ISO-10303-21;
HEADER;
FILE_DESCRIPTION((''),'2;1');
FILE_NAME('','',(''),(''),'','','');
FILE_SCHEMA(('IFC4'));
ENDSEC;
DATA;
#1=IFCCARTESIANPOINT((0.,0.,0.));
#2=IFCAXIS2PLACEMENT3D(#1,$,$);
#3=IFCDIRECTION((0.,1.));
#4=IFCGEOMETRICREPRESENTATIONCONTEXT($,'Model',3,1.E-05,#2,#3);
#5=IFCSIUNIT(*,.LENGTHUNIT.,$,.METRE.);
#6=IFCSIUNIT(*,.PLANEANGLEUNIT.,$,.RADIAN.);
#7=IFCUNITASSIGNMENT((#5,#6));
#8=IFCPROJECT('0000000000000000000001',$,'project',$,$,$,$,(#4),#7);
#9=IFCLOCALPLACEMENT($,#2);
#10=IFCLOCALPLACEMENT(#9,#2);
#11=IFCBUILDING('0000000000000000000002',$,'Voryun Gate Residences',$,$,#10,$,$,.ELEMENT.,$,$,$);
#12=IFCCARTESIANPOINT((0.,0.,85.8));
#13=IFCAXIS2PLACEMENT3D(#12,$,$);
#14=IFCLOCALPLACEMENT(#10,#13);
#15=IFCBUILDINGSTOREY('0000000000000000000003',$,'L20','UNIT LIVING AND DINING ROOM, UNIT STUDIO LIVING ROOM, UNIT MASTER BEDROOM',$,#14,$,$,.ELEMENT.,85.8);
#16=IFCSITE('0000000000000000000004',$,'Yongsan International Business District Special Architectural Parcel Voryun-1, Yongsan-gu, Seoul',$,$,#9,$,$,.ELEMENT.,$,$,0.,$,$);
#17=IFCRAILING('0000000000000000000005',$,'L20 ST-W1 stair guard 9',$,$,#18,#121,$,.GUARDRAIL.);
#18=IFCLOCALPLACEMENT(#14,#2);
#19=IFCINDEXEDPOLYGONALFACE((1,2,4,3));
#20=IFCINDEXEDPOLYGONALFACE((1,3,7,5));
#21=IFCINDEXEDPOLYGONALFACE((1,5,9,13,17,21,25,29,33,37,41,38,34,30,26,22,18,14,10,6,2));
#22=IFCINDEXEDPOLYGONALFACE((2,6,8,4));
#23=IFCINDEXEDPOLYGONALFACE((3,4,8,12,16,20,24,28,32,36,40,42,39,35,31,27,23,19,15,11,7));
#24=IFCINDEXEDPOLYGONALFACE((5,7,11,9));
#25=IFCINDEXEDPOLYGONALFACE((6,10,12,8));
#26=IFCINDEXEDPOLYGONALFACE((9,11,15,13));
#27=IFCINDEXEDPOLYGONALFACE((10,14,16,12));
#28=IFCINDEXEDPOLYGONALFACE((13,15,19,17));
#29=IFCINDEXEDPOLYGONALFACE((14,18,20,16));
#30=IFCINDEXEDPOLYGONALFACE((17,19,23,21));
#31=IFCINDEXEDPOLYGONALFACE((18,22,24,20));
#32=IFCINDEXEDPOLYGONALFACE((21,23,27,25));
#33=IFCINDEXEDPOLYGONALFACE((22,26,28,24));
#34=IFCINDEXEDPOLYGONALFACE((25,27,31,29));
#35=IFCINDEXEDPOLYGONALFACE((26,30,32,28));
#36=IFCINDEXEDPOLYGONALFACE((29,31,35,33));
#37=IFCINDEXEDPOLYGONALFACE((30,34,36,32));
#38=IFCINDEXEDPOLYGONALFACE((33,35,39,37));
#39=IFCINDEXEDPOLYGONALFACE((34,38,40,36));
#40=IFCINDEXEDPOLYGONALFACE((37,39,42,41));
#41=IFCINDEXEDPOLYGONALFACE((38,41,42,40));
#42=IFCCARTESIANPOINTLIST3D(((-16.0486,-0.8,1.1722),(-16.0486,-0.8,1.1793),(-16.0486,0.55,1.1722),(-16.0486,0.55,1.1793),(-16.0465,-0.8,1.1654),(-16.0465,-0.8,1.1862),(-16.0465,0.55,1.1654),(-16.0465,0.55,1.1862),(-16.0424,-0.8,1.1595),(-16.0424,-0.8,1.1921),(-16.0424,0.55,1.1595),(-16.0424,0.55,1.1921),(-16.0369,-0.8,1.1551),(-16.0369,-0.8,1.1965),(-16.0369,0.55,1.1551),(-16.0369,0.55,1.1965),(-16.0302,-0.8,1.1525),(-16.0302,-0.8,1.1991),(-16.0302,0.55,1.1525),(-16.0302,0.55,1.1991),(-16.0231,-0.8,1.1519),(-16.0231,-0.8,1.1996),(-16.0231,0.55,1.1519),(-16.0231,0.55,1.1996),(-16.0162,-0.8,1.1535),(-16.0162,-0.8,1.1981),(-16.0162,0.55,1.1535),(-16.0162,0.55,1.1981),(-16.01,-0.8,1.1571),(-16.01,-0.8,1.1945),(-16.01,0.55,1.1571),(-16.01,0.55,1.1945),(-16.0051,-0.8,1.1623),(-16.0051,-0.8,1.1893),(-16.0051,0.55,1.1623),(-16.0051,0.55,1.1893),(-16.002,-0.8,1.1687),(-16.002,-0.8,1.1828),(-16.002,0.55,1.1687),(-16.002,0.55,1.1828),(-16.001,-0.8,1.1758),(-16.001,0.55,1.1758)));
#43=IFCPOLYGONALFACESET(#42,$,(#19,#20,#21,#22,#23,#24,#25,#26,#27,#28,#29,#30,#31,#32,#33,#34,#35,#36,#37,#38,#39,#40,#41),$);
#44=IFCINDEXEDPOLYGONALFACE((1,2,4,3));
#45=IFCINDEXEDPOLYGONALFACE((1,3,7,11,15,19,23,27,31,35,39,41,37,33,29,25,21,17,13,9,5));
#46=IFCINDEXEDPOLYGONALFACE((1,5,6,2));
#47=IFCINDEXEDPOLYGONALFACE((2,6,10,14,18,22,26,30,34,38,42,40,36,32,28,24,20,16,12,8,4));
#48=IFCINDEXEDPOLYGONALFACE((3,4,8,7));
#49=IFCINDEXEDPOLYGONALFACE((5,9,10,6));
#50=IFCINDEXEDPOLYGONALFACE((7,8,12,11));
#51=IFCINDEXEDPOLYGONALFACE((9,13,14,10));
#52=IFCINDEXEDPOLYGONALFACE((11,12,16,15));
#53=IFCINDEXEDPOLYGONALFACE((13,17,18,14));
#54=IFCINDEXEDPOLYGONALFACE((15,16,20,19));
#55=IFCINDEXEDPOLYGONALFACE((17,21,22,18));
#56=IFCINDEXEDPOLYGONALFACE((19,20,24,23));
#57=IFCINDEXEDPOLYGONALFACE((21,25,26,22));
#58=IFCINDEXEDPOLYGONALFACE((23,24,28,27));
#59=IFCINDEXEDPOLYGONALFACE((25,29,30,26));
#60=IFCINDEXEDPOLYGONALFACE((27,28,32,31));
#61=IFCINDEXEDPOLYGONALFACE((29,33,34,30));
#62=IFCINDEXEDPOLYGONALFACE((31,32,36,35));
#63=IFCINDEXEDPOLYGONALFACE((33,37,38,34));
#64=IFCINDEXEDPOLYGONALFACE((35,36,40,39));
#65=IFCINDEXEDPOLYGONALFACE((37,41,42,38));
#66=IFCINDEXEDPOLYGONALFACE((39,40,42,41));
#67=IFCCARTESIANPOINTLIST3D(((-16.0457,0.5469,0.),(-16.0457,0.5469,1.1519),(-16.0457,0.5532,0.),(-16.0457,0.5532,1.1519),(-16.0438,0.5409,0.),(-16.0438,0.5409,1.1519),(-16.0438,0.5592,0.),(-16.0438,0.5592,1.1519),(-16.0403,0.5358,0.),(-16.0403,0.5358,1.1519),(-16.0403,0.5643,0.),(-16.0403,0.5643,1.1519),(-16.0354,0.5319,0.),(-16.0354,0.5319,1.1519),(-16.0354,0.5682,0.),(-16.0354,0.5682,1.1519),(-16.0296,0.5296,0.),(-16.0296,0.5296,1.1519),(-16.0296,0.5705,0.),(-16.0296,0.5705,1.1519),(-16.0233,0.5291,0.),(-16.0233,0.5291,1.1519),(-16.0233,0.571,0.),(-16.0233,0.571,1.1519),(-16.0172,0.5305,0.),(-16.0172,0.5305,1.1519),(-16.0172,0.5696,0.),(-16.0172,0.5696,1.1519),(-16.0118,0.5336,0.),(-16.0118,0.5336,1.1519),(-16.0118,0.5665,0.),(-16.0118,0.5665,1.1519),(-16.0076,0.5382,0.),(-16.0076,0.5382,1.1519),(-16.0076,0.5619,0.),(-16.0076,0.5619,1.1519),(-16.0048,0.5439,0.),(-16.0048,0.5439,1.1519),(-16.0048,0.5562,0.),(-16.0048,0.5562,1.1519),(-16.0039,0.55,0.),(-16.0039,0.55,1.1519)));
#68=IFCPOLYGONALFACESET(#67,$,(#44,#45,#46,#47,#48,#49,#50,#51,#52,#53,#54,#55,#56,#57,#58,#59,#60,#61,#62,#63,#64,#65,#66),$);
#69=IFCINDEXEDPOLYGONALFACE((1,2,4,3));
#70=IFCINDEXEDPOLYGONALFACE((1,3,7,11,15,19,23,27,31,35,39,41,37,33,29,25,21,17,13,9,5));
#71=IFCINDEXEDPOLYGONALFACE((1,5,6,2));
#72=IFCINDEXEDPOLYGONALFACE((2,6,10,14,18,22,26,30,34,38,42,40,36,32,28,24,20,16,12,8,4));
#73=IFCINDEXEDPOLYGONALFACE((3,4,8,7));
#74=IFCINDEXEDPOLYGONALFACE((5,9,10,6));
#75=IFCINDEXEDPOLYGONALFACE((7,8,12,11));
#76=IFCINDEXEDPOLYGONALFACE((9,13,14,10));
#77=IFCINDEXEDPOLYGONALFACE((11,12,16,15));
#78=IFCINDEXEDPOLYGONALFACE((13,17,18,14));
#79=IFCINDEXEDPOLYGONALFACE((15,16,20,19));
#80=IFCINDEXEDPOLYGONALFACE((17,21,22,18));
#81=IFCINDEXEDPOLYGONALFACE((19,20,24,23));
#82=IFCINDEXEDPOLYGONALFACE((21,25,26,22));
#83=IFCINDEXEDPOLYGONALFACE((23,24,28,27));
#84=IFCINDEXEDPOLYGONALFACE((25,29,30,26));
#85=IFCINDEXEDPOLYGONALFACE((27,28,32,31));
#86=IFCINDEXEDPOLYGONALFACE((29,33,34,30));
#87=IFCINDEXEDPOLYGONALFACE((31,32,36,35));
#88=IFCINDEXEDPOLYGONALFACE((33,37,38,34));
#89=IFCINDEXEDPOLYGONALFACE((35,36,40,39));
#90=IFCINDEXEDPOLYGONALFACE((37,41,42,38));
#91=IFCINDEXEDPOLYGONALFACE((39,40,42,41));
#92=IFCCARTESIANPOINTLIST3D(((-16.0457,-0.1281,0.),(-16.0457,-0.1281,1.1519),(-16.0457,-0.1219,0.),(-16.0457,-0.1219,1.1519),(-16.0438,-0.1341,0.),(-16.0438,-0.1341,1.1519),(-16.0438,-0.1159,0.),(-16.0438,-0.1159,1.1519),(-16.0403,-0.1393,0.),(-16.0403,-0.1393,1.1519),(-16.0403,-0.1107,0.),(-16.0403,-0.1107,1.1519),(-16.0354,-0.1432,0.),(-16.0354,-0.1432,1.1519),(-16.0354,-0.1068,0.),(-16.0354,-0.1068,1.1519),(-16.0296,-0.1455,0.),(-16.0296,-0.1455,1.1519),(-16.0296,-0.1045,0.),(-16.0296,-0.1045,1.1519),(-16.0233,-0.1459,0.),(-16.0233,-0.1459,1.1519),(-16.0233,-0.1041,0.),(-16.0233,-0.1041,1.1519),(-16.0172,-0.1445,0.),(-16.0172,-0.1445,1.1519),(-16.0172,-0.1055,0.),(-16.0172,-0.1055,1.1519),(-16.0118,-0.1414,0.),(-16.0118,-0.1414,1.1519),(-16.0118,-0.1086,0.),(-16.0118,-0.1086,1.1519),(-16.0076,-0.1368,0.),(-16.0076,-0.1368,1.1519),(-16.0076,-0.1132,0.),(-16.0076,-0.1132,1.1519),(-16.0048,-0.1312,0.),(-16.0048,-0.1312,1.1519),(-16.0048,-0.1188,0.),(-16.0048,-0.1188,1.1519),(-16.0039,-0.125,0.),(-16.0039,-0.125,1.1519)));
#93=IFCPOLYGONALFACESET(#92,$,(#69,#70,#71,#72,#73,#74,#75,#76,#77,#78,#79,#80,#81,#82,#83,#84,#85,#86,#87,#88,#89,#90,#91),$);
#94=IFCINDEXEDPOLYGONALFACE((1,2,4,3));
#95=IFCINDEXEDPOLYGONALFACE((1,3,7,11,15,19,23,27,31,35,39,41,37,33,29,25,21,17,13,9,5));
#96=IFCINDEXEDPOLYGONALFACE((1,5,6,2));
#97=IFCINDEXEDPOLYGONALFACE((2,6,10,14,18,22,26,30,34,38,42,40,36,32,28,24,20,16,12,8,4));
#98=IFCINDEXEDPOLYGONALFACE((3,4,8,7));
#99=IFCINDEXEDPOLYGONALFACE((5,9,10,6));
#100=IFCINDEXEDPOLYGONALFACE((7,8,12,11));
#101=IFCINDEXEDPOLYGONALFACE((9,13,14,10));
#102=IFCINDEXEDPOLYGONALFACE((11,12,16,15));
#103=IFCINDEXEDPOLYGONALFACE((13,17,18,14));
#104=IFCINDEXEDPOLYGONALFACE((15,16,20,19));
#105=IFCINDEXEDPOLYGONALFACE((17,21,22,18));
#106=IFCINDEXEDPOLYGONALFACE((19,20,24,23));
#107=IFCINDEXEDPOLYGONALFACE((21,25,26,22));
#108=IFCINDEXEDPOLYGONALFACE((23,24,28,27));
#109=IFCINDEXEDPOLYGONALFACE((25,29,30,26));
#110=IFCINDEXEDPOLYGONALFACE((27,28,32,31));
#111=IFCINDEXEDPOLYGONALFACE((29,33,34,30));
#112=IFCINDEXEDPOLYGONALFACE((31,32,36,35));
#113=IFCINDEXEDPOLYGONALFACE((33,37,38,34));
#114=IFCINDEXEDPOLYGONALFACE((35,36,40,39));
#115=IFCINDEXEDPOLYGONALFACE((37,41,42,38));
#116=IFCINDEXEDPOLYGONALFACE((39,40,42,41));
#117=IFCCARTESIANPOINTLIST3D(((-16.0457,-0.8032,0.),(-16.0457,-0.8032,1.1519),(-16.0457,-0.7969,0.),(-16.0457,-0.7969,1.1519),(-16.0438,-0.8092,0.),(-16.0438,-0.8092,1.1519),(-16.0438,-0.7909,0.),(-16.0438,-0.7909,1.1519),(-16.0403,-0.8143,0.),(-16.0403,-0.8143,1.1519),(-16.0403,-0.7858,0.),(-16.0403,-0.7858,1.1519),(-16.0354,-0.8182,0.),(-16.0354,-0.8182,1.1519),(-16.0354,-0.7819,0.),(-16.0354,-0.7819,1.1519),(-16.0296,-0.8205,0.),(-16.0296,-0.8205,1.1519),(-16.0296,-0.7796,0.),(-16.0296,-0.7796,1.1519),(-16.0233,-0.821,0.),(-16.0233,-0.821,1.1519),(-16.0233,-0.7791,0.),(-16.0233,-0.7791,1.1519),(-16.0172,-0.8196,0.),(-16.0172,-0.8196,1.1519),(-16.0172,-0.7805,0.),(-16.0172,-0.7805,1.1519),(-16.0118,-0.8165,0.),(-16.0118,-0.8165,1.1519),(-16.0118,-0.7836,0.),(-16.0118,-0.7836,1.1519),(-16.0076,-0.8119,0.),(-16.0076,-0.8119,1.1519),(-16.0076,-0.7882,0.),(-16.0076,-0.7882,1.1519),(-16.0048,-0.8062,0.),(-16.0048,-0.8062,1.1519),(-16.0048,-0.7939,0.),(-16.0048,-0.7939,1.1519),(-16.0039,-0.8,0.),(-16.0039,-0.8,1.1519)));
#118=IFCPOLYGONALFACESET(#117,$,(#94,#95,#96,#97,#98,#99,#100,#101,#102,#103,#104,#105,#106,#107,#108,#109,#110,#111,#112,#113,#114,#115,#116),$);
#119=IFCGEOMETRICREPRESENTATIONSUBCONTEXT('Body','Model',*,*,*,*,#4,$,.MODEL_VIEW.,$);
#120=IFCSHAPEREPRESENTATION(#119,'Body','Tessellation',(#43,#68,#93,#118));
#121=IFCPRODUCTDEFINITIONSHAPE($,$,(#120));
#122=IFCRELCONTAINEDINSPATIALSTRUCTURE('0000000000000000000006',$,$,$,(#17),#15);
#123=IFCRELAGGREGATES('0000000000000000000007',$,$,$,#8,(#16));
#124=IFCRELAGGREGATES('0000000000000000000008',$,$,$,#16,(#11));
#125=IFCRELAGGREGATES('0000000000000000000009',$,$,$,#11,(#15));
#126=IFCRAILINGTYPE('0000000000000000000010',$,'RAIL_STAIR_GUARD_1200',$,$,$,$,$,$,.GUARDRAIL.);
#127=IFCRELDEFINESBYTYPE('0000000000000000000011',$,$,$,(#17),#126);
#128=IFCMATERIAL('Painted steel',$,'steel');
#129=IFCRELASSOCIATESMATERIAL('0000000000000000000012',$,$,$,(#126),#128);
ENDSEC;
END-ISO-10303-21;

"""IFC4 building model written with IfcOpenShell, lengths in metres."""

from ifc_helpers import new_model, si_unit, direction, frame, origin, origin_2d, place, context, subcontext, project, spatial, circle, extrude, material, type_object, element, save


model = new_model("IFC4")

# Units and contexts
model_context = context("Model", 3, precision=1e-05, world=origin(), true_north=direction((0.0, 1.0)))
body_context = subcontext(model_context, "Body", "Model", "MODEL_VIEW")
ifc_project = project(units=[si_unit("LENGTHUNIT", "METRE"), si_unit("PLANEANGLEUNIT", "RADIAN")], contexts=[model_context])

# Site, building, storey
site_placement = place(None, origin())
site = spatial("IfcSite", under=ifc_project, at=site_placement, Name="Yongsan International Business District Special Architectural Parcel Voryun-1, Yongsan-gu, Seoul", CompositionType="ELEMENT", RefElevation=0.0)
building_placement = place(site_placement, origin())
building = spatial("IfcBuilding", under=site, at=building_placement, Name="Voryun Gate Residences", CompositionType="ELEMENT")
storey_placement = place(building_placement, frame((0.0, 0.0, 85.8)))
storey = spatial("IfcBuildingStorey", under=building, at=storey_placement, Name="L20", Description="UNIT LIVING AND DINING ROOM, UNIT STUDIO LIVING ROOM, UNIT MASTER BEDROOM", CompositionType="ELEMENT", Elevation=85.8)

# Railing
ifc_material_1 = material(Name="Painted steel", Category="steel")
railing_type = type_object("IfcRailingType", Name="RAIL_STAIR_GUARD_1200", PredefinedType="GUARDRAIL", material=ifc_material_1)
for number, where, name in (
    (1, (-16.0249, 0.55, 0.0), "L20 ST-W1 stair guard 9"),
):
    element("IfcRailing", number, at=place(storey_placement, frame(where)), inside=storey, type_object=railing_type, Name=name, PredefinedType="GUARDRAIL", context=body_context, shape_type="SweptSolid", body=[
        extrude(circle(Radius=0.0239, at=origin_2d()), frame((0.0, 0.0, 1.1758), z_axis=(0.0, -1.0, 0.0), x_axis=(1.0, 0.0, 0.0)), (0.0, 0.0, 1.0), 1.3501),
        extrude(circle(Radius=0.021, at=origin_2d()), origin(), (0.0, 0.0, 1.0), 1.1519),
        extrude(circle(Radius=0.021, at=origin_2d()), frame((0.0, -0.675, 0.0)), (0.0, 0.0, 1.0), 1.1519),
        extrude(circle(Radius=0.021, at=origin_2d()), frame((0.0, -1.3501, 0.0)), (0.0, 0.0, 1.0), 1.1519),
    ])

save(model, "model.ifc")
